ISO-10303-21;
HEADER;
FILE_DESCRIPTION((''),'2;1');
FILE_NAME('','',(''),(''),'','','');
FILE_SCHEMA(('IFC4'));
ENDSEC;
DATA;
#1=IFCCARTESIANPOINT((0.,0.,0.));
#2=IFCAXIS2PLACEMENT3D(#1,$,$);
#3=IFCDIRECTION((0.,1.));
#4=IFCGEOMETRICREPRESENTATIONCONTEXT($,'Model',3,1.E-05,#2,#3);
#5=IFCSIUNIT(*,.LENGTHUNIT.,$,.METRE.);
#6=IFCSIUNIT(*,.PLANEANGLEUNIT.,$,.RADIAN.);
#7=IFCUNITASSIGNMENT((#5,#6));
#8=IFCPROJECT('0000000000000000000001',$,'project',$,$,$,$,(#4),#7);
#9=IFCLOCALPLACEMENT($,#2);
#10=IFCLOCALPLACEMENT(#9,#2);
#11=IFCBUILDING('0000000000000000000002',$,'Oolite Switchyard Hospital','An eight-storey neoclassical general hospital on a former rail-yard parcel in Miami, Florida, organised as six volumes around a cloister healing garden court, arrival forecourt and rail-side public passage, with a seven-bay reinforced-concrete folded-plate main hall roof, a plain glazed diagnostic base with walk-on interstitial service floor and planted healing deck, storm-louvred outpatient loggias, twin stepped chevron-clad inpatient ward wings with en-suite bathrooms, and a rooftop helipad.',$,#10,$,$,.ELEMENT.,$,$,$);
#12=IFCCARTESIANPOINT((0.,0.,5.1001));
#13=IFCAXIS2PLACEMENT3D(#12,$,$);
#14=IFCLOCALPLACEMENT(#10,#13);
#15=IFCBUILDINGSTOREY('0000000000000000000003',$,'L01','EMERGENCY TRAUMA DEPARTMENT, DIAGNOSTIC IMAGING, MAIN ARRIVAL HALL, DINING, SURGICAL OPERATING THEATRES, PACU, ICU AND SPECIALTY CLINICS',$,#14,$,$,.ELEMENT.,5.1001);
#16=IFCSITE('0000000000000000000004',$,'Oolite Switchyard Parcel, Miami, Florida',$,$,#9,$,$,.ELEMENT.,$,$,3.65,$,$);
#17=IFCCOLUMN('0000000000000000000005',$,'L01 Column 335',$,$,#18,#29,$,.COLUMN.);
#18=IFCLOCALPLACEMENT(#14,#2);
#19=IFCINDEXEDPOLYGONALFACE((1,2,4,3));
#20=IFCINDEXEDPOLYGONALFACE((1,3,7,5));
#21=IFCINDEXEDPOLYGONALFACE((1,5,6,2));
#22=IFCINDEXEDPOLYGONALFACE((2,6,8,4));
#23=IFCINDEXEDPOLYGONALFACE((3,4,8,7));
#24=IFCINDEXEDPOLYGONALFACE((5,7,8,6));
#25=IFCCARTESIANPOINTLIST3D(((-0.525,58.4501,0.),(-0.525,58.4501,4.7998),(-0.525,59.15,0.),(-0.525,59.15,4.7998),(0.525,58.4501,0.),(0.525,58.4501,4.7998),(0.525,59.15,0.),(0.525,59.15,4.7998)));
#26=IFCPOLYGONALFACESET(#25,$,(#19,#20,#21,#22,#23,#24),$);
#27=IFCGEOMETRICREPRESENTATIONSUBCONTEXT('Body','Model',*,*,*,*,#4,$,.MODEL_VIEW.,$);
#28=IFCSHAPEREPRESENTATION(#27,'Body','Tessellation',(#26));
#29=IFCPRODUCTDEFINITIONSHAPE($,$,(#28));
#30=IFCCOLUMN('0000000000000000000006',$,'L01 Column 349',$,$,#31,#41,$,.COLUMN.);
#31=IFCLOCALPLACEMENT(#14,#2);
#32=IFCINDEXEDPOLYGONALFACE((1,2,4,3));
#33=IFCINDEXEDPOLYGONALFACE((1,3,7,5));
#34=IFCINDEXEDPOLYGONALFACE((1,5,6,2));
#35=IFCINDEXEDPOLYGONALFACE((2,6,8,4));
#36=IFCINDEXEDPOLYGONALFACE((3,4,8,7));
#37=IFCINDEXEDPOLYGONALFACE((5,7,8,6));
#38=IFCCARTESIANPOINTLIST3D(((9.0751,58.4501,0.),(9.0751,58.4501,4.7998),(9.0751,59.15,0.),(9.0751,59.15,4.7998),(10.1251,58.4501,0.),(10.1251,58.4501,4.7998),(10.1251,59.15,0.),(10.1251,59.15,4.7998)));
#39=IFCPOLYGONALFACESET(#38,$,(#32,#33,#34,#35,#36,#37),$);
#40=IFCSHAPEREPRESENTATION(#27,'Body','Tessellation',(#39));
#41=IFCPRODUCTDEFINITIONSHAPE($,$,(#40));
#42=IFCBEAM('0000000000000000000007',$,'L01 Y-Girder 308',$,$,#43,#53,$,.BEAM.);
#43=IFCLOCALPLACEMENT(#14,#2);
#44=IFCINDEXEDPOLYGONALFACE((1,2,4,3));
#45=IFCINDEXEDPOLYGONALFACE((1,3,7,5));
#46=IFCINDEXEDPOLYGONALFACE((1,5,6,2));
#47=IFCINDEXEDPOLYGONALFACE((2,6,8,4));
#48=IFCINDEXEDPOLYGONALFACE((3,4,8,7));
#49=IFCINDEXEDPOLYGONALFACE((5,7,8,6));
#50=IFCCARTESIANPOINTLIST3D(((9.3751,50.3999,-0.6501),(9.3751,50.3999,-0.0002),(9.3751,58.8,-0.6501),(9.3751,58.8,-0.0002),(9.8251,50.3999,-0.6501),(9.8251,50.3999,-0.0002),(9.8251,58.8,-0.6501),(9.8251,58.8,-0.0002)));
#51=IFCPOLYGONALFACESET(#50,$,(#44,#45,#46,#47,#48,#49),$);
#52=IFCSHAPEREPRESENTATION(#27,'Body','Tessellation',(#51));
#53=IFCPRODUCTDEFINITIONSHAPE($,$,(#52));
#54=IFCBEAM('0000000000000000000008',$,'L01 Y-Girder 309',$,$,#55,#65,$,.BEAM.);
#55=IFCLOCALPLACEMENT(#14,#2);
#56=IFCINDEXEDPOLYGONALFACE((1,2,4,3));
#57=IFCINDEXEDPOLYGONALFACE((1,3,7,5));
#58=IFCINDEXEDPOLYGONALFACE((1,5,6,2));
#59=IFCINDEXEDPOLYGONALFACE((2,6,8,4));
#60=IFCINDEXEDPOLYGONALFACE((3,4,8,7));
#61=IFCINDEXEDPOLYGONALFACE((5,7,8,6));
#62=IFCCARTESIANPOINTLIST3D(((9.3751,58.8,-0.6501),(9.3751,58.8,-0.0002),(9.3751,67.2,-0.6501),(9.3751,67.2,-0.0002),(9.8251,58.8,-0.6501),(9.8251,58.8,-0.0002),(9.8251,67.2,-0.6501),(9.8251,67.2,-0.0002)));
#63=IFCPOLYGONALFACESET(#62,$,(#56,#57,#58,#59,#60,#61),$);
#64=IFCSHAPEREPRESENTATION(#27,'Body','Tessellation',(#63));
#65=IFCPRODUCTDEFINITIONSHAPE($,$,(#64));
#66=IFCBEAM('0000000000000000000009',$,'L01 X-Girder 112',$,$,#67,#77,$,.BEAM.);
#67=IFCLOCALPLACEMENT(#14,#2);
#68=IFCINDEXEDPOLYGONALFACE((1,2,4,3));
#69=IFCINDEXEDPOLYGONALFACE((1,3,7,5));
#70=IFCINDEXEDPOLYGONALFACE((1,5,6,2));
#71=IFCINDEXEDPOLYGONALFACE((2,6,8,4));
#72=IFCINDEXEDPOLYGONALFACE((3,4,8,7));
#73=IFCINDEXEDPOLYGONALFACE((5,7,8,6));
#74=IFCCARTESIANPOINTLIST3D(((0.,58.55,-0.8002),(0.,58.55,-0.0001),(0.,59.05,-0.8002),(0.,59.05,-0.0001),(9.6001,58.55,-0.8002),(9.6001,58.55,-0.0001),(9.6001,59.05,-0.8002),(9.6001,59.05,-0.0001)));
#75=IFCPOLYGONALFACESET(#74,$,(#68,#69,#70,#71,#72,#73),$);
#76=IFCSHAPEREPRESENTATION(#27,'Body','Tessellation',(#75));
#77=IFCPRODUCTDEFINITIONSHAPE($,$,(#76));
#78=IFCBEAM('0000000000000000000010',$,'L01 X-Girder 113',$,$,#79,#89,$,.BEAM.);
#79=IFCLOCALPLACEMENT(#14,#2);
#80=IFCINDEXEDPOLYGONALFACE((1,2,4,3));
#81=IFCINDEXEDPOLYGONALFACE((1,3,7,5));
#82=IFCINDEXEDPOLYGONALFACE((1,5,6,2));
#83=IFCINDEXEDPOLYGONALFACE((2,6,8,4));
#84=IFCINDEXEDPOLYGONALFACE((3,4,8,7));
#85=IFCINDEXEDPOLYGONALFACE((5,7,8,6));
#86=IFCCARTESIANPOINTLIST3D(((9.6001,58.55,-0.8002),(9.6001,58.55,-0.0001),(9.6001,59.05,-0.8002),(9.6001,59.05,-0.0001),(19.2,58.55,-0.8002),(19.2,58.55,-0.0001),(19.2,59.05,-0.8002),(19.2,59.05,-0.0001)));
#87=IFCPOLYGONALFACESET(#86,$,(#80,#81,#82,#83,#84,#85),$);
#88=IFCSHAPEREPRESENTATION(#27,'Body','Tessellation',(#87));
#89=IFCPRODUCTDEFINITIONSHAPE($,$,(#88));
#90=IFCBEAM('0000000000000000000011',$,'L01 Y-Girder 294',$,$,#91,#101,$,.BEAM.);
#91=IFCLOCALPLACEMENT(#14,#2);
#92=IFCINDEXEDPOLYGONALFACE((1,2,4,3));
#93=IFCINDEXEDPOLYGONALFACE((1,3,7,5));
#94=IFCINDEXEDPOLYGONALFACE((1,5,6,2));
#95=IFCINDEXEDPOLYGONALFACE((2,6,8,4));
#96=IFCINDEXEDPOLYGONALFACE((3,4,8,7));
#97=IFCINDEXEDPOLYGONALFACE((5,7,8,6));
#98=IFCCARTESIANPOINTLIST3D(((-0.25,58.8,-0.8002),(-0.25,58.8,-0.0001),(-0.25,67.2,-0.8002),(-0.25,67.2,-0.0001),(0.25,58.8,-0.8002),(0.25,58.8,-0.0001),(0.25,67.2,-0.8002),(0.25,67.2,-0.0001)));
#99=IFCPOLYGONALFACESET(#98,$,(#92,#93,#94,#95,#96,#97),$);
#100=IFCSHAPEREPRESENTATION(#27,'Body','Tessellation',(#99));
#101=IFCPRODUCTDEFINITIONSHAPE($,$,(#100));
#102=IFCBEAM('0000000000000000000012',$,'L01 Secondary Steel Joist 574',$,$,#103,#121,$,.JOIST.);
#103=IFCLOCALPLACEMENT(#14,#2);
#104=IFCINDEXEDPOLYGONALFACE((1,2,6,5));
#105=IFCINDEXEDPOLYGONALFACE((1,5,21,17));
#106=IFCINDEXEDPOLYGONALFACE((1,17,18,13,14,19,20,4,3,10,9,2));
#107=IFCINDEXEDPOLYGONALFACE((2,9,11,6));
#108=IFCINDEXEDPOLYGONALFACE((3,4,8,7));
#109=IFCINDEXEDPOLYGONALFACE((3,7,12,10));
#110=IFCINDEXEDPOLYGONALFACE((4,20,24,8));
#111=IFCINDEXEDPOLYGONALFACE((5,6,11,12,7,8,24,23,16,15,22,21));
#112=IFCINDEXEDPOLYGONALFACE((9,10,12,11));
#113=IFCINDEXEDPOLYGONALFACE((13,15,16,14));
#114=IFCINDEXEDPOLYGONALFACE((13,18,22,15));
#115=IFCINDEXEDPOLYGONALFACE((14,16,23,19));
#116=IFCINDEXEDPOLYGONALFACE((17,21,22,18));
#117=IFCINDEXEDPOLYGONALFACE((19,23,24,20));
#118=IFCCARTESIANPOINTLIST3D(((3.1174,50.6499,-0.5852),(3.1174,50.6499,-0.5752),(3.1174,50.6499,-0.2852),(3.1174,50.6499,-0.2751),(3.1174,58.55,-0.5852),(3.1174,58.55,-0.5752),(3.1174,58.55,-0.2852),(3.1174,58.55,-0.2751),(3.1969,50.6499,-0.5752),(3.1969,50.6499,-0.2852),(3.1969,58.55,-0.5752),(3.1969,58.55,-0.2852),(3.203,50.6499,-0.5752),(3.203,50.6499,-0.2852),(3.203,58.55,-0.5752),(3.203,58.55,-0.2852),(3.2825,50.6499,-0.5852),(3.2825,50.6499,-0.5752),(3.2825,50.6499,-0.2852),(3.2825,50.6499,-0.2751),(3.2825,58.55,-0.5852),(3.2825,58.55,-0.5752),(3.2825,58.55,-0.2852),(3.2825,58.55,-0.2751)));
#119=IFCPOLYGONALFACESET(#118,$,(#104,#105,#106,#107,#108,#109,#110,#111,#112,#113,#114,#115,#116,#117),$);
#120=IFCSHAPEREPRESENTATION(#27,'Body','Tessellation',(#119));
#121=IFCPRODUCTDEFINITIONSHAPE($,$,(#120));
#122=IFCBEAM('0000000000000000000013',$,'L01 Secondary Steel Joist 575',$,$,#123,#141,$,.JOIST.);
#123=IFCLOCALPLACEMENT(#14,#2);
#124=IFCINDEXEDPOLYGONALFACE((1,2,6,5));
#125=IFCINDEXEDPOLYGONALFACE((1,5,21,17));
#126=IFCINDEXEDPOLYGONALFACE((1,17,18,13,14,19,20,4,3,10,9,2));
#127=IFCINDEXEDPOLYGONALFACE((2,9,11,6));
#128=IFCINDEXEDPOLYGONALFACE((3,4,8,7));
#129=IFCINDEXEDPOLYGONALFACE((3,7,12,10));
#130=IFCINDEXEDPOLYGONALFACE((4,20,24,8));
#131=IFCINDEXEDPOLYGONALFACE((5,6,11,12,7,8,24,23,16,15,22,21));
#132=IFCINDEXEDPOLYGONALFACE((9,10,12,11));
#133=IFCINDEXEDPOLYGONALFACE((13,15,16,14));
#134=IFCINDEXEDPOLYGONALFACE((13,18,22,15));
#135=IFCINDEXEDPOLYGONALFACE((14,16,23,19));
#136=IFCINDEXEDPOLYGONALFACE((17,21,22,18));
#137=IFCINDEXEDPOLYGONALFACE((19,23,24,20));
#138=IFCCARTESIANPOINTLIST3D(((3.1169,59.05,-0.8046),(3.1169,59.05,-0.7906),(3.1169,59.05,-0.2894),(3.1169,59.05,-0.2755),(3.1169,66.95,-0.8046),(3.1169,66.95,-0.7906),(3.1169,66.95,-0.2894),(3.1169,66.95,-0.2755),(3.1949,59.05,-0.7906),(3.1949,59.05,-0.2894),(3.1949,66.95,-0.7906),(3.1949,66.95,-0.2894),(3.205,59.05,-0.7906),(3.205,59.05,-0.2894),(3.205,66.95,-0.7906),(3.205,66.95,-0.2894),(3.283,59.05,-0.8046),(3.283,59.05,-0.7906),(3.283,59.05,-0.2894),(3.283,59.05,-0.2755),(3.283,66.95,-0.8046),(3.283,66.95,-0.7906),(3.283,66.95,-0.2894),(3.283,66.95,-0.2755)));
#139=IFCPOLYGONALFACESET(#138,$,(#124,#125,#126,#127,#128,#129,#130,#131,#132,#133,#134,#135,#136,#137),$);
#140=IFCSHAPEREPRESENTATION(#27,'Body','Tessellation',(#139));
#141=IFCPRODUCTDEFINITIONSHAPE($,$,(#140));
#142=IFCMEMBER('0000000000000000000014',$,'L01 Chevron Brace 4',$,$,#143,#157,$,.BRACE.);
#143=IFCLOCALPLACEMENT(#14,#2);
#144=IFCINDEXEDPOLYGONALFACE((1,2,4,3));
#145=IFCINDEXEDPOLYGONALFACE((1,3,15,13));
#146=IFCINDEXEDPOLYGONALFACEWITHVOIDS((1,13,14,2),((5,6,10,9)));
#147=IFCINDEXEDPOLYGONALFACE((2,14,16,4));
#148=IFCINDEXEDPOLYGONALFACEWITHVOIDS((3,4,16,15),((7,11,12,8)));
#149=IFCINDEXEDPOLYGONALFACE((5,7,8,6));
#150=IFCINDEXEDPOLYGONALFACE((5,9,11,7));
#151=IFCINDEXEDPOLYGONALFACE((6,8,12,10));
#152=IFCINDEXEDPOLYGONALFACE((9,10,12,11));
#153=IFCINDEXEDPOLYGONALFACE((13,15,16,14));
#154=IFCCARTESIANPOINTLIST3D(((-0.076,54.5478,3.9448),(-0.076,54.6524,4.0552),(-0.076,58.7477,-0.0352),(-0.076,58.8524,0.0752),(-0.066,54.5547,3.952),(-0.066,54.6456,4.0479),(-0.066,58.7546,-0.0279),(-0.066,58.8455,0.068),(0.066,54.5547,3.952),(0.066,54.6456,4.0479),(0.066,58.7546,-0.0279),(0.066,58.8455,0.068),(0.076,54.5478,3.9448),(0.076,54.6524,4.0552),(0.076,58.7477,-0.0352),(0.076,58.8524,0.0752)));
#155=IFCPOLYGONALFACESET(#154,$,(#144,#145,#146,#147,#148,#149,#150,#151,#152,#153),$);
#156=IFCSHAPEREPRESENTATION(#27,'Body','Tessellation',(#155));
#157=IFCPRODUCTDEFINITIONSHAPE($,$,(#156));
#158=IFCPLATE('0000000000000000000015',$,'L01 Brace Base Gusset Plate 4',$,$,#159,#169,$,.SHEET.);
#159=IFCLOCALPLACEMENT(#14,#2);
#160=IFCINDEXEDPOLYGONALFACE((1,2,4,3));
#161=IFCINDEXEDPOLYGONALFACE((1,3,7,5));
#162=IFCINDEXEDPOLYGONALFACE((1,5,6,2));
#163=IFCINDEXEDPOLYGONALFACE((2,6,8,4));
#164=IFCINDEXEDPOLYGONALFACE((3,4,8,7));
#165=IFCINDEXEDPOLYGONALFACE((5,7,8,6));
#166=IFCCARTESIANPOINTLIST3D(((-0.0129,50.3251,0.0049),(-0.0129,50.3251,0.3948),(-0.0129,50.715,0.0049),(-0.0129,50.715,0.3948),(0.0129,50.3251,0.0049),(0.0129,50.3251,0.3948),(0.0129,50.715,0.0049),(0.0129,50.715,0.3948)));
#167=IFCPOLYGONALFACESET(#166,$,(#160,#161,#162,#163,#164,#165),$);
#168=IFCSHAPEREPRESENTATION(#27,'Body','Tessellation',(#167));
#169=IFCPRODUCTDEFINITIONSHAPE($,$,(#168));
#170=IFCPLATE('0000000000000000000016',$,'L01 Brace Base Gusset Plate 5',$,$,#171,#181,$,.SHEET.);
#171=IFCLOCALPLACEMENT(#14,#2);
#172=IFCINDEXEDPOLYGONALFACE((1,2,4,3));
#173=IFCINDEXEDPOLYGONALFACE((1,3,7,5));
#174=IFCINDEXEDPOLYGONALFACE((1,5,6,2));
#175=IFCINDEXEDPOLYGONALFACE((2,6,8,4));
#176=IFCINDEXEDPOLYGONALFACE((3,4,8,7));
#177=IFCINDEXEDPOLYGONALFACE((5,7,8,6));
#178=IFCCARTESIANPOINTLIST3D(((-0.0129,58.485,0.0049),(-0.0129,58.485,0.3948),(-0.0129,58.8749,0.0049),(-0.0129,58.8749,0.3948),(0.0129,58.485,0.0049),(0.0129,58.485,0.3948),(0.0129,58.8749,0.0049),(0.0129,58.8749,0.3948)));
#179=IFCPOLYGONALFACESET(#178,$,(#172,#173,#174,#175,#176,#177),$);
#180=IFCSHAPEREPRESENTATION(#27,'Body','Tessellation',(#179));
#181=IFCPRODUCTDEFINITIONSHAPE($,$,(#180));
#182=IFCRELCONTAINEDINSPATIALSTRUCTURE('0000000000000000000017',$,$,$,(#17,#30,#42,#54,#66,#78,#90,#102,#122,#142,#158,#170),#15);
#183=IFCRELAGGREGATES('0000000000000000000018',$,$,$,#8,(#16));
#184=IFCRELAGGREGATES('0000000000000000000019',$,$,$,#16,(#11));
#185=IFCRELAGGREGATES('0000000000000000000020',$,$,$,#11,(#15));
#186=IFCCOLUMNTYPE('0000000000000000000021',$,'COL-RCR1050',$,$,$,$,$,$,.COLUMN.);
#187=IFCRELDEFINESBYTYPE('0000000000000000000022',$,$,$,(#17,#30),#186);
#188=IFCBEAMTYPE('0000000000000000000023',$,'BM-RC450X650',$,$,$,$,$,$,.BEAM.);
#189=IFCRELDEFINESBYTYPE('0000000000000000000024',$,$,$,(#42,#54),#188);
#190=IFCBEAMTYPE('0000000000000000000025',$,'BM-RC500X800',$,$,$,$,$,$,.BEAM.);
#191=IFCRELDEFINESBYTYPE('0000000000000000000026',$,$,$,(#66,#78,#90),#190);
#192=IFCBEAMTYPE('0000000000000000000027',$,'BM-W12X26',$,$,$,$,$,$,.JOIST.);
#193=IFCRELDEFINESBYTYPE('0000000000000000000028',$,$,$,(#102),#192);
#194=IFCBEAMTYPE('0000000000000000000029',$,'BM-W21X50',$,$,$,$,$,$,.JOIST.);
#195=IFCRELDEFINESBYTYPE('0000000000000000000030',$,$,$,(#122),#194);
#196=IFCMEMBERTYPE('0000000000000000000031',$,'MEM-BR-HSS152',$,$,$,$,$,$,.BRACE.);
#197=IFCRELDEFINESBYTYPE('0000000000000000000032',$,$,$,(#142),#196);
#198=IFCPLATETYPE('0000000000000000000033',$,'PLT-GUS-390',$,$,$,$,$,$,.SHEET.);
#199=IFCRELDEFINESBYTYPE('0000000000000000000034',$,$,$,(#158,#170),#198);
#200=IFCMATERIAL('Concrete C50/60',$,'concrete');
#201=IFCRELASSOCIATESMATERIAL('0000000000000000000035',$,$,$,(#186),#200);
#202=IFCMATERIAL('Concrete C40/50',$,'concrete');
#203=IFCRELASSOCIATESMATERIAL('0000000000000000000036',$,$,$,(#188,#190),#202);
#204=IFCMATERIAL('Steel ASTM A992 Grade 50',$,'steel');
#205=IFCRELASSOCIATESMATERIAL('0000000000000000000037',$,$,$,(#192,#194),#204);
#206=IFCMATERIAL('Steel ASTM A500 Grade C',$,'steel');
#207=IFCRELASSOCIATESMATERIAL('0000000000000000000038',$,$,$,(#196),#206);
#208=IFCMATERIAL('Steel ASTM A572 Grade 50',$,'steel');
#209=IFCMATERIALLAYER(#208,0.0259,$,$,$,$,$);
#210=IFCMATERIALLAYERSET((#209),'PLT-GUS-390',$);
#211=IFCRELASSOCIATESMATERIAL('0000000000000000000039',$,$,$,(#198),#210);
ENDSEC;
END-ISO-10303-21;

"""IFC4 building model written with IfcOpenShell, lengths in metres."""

from ifc_helpers import new_model, si_unit, direction, frame, origin, origin_2d, place, context, subcontext, project, spatial, rectangle, hollow_rectangle, i_section, extrude, material, layer, layer_set, material_profile, profile_set, type_object, element, save


model = new_model("IFC4")

# Units and contexts
model_context = context("Model", 3, precision=1e-05, world=origin(), true_north=direction((0.0, 1.0)))
body_context = subcontext(model_context, "Body", "Model", "MODEL_VIEW")
ifc_project = project(units=[si_unit("LENGTHUNIT", "METRE"), si_unit("PLANEANGLEUNIT", "RADIAN")], contexts=[model_context])

# Site, building, storey
site_placement = place(None, origin())
site = spatial("IfcSite", under=ifc_project, at=site_placement, Name="Oolite Switchyard Parcel, Miami, Florida", CompositionType="ELEMENT", RefElevation=3.65)
building_placement = place(site_placement, origin())
building = spatial("IfcBuilding", under=site, at=building_placement, Name="Oolite Switchyard Hospital", Description="An eight-storey neoclassical general hospital on a former rail-yard parcel in Miami, Florida, organised as six volumes around a cloister healing garden court, arrival forecourt and rail-side public passage, with a seven-bay reinforced-concrete folded-plate main hall roof, a plain glazed diagnostic base with walk-on interstitial service floor and planted healing deck, storm-louvred outpatient loggias, twin stepped chevron-clad inpatient ward wings with en-suite bathrooms, and a rooftop helipad.", CompositionType="ELEMENT")
storey_placement = place(building_placement, frame((0.0, 0.0, 5.1001)))
storey = spatial("IfcBuildingStorey", under=building, at=storey_placement, Name="L01", Description="EMERGENCY TRAUMA DEPARTMENT, DIAGNOSTIC IMAGING, MAIN ARRIVAL HALL, DINING, SURGICAL OPERATING THEATRES, PACU, ICU AND SPECIALTY CLINICS", CompositionType="ELEMENT", Elevation=5.1001)

# Columns
ifc_material_1 = material(Name="Concrete C50/60", Category="concrete")
ifc_material_profile_1 = material_profile(ifc_material_1, rectangle(XDim=1.05, YDim=0.7, at=origin_2d()), Name="RC1050X700")
ifc_profile_set_1 = profile_set([ifc_material_profile_1], Name="Concrete C50/60")
column_type = type_object("IfcColumnType", Name="COL-RCR1050", PredefinedType="COLUMN", material=ifc_profile_set_1)
for number, where, z_axis, x_axis, name in (
    (1, (0.0, 58.8, 0.0), (0.0, 0.0, 1.0), (1.0, 0.0, 0.0), "L01 Column 335"),
    (2, (9.6001, 58.8, 0.0), (0.0, 0.0, 1.0), (1.0, 0.0, 0.0), "L01 Column 349"),
):
    element("IfcColumn", number, at=place(storey_placement, frame(where, z_axis=z_axis, x_axis=x_axis)), inside=storey, type_object=column_type, Name=name, PredefinedType="COLUMN", context=body_context, shape_type="SweptSolid", body=[
        extrude(rectangle(XDim=1.05, YDim=0.7, at=origin_2d()), origin(), (0.0, 0.0, 1.0), 4.7998),
    ])

# Beams
ifc_material_2 = material(Name="Concrete C40/50", Category="concrete")
ifc_material_profile_2 = material_profile(ifc_material_2, rectangle(XDim=0.45, YDim=0.6499, at=origin_2d()), Name="RCB450X650")
ifc_profile_set_2 = profile_set([ifc_material_profile_2], Name="Concrete C40/50")
beam_type_1 = type_object("IfcBeamType", Name="BM-RC450X650", PredefinedType="BEAM", material=ifc_profile_set_2)
beam_1_placement = place(storey_placement, frame((9.6001, 50.3999, -0.3252), z_axis=(0.0, 1.0, 0.0), x_axis=(-1.0, 0.0, 0.0)))
element("IfcBeam", 3, at=beam_1_placement, inside=storey, type_object=beam_type_1, Name="L01 Y-Girder 308", PredefinedType="BEAM", context=body_context, shape_type="SweptSolid", body=[
    extrude(rectangle(XDim=0.45, YDim=0.6499, at=origin_2d()), origin(), (0.0, 0.0, 1.0), 8.4001),
])
beam_2_placement = place(storey_placement, frame((9.6001, 58.8, -0.3252), z_axis=(0.0, 1.0, 0.0), x_axis=(-1.0, 0.0, 0.0)))
element("IfcBeam", 4, at=beam_2_placement, inside=storey, type_object=beam_type_1, Name="L01 Y-Girder 309", PredefinedType="BEAM", context=body_context, shape_type="SweptSolid", body=[
    extrude(rectangle(XDim=0.45, YDim=0.6499, at=origin_2d()), origin(), (0.0, 0.0, 1.0), 8.3999),
])
ifc_material_profile_3 = material_profile(ifc_material_2, rectangle(XDim=0.5, YDim=0.8, at=origin_2d()), Name="RCB500X800")
ifc_profile_set_3 = profile_set([ifc_material_profile_3], Name="Concrete C40/50")
beam_type_2 = type_object("IfcBeamType", Name="BM-RC500X800", PredefinedType="BEAM", material=ifc_profile_set_3)
beam_3_placement = place(storey_placement, frame((0.0, 58.8, -0.4001), z_axis=(1.0, 0.0, 0.0), x_axis=(0.0, 1.0, 0.0)))
element("IfcBeam", 5, at=beam_3_placement, inside=storey, type_object=beam_type_2, Name="L01 X-Girder 112", PredefinedType="BEAM", context=body_context, shape_type="SweptSolid", body=[
    extrude(rectangle(XDim=0.5, YDim=0.8, at=origin_2d()), origin(), (0.0, 0.0, 1.0), 9.6001),
])
beam_4_placement = place(storey_placement, frame((9.6001, 58.8, -0.4001), z_axis=(1.0, 0.0, 0.0), x_axis=(0.0, 1.0, 0.0)))
element("IfcBeam", 6, at=beam_4_placement, inside=storey, type_object=beam_type_2, Name="L01 X-Girder 113", PredefinedType="BEAM", context=body_context, shape_type="SweptSolid", body=[
    extrude(rectangle(XDim=0.5, YDim=0.8, at=origin_2d()), origin(), (0.0, 0.0, 1.0), 9.5999),
])
beam_5_placement = place(storey_placement, frame((0.0, 58.8, -0.4001), z_axis=(0.0, 1.0, 0.0), x_axis=(-1.0, 0.0, 0.0)))
element("IfcBeam", 7, at=beam_5_placement, inside=storey, type_object=beam_type_2, Name="L01 Y-Girder 294", PredefinedType="BEAM", context=body_context, shape_type="SweptSolid", body=[
    extrude(rectangle(XDim=0.5, YDim=0.8, at=origin_2d()), origin(), (0.0, 0.0, 1.0), 8.3999),
])
ifc_material_3 = material(Name="Steel ASTM A992 Grade 50", Category="steel")
ifc_material_profile_4 = material_profile(ifc_material_3, i_section(OverallWidth=0.165, OverallDepth=0.3101, WebThickness=0.0061, FlangeThickness=0.01, at=origin_2d()), Name="W12X26")
ifc_profile_set_4 = profile_set([ifc_material_profile_4], Name="Steel ASTM A992 Grade 50")
beam_type_3 = type_object("IfcBeamType", Name="BM-W12X26", PredefinedType="JOIST", material=ifc_profile_set_4)
beam_6_placement = place(storey_placement, frame((3.2, 50.6499, -0.4302), z_axis=(0.0, 1.0, 0.0), x_axis=(-1.0, 0.0, 0.0)))
element("IfcBeam", 8, at=beam_6_placement, inside=storey, type_object=beam_type_3, Name="L01 Secondary Steel Joist 574", PredefinedType="JOIST", context=body_context, shape_type="SweptSolid", body=[
    extrude(i_section(OverallWidth=0.165, OverallDepth=0.3101, WebThickness=0.0061, FlangeThickness=0.01, at=origin_2d()), origin(), (0.0, 0.0, 1.0), 7.9001),
])
ifc_material_profile_5 = material_profile(ifc_material_3, i_section(OverallWidth=0.166, OverallDepth=0.5291, WebThickness=0.01, FlangeThickness=0.0139, at=origin_2d()), Name="W21X50")
ifc_profile_set_5 = profile_set([ifc_material_profile_5], Name="Steel ASTM A992 Grade 50")
beam_type_4 = type_object("IfcBeamType", Name="BM-W21X50", PredefinedType="JOIST", material=ifc_profile_set_5)
beam_7_placement = place(storey_placement, frame((3.2, 59.05, -0.54), z_axis=(0.0, 1.0, 0.0), x_axis=(-1.0, 0.0, 0.0)))
element("IfcBeam", 9, at=beam_7_placement, inside=storey, type_object=beam_type_4, Name="L01 Secondary Steel Joist 575", PredefinedType="JOIST", context=body_context, shape_type="SweptSolid", body=[
    extrude(i_section(OverallWidth=0.166, OverallDepth=0.5291, WebThickness=0.01, FlangeThickness=0.0139, at=origin_2d()), origin(), (0.0, 0.0, 1.0), 7.8999),
])

# Member
ifc_material_4 = material(Name="Steel ASTM A500 Grade C", Category="steel")
ifc_material_profile_6 = material_profile(ifc_material_4, hollow_rectangle(XDim=0.1521, YDim=0.1521, WallThickness=0.01, at=origin_2d()), Name="HSS152X152X10")
ifc_profile_set_6 = profile_set([ifc_material_profile_6], Name="Steel ASTM A500 Grade C")
member_type = type_object("IfcMemberType", Name="MEM-BR-HSS152", PredefinedType="BRACE", material=ifc_profile_set_6)
member_placement = place(storey_placement, frame((0.0, 58.8, 0.02), z_axis=(0.0, -0.72586, 0.687843), x_axis=(1.0, 0.0, 0.0)))
element("IfcMember", 10, at=member_placement, inside=storey, type_object=member_type, Name="L01 Chevron Brace 4", PredefinedType="BRACE", context=body_context, shape_type="SweptSolid", body=[
    extrude(hollow_rectangle(XDim=0.1521, YDim=0.1521, WallThickness=0.01, at=origin_2d()), origin(), (0.0, 0.0, 1.0), 5.7861),
])

# Plates
ifc_material_5 = material(Name="Steel ASTM A572 Grade 50", Category="steel")
ifc_layer_1 = layer(ifc_material_5, 0.0259)
ifc_layer_set_1 = layer_set([ifc_layer_1], Name="PLT-GUS-390")
plate_type = type_object("IfcPlateType", Name="PLT-GUS-390", PredefinedType="SHEET", material=ifc_layer_set_1)
for number, where, z_axis, x_axis, name in (
    (11, (0.0, 50.52, 0.0049), (0.0, 0.0, 1.0), (0.0, 1.0, 0.0), "L01 Brace Base Gusset Plate 4"),
    (12, (0.0, 58.6799, 0.0049), (0.0, 0.0, 1.0), (0.0, 1.0, 0.0), "L01 Brace Base Gusset Plate 5"),
):
    element("IfcPlate", number, at=place(storey_placement, frame(where, z_axis=z_axis, x_axis=x_axis)), inside=storey, type_object=plate_type, Name=name, PredefinedType="SHEET", context=body_context, shape_type="SweptSolid", body=[
        extrude(rectangle(XDim=0.3899, YDim=0.0259, at=origin_2d()), origin(), (0.0, 0.0, 1.0), 0.3899),
    ])

save(model, "model.ifc")
